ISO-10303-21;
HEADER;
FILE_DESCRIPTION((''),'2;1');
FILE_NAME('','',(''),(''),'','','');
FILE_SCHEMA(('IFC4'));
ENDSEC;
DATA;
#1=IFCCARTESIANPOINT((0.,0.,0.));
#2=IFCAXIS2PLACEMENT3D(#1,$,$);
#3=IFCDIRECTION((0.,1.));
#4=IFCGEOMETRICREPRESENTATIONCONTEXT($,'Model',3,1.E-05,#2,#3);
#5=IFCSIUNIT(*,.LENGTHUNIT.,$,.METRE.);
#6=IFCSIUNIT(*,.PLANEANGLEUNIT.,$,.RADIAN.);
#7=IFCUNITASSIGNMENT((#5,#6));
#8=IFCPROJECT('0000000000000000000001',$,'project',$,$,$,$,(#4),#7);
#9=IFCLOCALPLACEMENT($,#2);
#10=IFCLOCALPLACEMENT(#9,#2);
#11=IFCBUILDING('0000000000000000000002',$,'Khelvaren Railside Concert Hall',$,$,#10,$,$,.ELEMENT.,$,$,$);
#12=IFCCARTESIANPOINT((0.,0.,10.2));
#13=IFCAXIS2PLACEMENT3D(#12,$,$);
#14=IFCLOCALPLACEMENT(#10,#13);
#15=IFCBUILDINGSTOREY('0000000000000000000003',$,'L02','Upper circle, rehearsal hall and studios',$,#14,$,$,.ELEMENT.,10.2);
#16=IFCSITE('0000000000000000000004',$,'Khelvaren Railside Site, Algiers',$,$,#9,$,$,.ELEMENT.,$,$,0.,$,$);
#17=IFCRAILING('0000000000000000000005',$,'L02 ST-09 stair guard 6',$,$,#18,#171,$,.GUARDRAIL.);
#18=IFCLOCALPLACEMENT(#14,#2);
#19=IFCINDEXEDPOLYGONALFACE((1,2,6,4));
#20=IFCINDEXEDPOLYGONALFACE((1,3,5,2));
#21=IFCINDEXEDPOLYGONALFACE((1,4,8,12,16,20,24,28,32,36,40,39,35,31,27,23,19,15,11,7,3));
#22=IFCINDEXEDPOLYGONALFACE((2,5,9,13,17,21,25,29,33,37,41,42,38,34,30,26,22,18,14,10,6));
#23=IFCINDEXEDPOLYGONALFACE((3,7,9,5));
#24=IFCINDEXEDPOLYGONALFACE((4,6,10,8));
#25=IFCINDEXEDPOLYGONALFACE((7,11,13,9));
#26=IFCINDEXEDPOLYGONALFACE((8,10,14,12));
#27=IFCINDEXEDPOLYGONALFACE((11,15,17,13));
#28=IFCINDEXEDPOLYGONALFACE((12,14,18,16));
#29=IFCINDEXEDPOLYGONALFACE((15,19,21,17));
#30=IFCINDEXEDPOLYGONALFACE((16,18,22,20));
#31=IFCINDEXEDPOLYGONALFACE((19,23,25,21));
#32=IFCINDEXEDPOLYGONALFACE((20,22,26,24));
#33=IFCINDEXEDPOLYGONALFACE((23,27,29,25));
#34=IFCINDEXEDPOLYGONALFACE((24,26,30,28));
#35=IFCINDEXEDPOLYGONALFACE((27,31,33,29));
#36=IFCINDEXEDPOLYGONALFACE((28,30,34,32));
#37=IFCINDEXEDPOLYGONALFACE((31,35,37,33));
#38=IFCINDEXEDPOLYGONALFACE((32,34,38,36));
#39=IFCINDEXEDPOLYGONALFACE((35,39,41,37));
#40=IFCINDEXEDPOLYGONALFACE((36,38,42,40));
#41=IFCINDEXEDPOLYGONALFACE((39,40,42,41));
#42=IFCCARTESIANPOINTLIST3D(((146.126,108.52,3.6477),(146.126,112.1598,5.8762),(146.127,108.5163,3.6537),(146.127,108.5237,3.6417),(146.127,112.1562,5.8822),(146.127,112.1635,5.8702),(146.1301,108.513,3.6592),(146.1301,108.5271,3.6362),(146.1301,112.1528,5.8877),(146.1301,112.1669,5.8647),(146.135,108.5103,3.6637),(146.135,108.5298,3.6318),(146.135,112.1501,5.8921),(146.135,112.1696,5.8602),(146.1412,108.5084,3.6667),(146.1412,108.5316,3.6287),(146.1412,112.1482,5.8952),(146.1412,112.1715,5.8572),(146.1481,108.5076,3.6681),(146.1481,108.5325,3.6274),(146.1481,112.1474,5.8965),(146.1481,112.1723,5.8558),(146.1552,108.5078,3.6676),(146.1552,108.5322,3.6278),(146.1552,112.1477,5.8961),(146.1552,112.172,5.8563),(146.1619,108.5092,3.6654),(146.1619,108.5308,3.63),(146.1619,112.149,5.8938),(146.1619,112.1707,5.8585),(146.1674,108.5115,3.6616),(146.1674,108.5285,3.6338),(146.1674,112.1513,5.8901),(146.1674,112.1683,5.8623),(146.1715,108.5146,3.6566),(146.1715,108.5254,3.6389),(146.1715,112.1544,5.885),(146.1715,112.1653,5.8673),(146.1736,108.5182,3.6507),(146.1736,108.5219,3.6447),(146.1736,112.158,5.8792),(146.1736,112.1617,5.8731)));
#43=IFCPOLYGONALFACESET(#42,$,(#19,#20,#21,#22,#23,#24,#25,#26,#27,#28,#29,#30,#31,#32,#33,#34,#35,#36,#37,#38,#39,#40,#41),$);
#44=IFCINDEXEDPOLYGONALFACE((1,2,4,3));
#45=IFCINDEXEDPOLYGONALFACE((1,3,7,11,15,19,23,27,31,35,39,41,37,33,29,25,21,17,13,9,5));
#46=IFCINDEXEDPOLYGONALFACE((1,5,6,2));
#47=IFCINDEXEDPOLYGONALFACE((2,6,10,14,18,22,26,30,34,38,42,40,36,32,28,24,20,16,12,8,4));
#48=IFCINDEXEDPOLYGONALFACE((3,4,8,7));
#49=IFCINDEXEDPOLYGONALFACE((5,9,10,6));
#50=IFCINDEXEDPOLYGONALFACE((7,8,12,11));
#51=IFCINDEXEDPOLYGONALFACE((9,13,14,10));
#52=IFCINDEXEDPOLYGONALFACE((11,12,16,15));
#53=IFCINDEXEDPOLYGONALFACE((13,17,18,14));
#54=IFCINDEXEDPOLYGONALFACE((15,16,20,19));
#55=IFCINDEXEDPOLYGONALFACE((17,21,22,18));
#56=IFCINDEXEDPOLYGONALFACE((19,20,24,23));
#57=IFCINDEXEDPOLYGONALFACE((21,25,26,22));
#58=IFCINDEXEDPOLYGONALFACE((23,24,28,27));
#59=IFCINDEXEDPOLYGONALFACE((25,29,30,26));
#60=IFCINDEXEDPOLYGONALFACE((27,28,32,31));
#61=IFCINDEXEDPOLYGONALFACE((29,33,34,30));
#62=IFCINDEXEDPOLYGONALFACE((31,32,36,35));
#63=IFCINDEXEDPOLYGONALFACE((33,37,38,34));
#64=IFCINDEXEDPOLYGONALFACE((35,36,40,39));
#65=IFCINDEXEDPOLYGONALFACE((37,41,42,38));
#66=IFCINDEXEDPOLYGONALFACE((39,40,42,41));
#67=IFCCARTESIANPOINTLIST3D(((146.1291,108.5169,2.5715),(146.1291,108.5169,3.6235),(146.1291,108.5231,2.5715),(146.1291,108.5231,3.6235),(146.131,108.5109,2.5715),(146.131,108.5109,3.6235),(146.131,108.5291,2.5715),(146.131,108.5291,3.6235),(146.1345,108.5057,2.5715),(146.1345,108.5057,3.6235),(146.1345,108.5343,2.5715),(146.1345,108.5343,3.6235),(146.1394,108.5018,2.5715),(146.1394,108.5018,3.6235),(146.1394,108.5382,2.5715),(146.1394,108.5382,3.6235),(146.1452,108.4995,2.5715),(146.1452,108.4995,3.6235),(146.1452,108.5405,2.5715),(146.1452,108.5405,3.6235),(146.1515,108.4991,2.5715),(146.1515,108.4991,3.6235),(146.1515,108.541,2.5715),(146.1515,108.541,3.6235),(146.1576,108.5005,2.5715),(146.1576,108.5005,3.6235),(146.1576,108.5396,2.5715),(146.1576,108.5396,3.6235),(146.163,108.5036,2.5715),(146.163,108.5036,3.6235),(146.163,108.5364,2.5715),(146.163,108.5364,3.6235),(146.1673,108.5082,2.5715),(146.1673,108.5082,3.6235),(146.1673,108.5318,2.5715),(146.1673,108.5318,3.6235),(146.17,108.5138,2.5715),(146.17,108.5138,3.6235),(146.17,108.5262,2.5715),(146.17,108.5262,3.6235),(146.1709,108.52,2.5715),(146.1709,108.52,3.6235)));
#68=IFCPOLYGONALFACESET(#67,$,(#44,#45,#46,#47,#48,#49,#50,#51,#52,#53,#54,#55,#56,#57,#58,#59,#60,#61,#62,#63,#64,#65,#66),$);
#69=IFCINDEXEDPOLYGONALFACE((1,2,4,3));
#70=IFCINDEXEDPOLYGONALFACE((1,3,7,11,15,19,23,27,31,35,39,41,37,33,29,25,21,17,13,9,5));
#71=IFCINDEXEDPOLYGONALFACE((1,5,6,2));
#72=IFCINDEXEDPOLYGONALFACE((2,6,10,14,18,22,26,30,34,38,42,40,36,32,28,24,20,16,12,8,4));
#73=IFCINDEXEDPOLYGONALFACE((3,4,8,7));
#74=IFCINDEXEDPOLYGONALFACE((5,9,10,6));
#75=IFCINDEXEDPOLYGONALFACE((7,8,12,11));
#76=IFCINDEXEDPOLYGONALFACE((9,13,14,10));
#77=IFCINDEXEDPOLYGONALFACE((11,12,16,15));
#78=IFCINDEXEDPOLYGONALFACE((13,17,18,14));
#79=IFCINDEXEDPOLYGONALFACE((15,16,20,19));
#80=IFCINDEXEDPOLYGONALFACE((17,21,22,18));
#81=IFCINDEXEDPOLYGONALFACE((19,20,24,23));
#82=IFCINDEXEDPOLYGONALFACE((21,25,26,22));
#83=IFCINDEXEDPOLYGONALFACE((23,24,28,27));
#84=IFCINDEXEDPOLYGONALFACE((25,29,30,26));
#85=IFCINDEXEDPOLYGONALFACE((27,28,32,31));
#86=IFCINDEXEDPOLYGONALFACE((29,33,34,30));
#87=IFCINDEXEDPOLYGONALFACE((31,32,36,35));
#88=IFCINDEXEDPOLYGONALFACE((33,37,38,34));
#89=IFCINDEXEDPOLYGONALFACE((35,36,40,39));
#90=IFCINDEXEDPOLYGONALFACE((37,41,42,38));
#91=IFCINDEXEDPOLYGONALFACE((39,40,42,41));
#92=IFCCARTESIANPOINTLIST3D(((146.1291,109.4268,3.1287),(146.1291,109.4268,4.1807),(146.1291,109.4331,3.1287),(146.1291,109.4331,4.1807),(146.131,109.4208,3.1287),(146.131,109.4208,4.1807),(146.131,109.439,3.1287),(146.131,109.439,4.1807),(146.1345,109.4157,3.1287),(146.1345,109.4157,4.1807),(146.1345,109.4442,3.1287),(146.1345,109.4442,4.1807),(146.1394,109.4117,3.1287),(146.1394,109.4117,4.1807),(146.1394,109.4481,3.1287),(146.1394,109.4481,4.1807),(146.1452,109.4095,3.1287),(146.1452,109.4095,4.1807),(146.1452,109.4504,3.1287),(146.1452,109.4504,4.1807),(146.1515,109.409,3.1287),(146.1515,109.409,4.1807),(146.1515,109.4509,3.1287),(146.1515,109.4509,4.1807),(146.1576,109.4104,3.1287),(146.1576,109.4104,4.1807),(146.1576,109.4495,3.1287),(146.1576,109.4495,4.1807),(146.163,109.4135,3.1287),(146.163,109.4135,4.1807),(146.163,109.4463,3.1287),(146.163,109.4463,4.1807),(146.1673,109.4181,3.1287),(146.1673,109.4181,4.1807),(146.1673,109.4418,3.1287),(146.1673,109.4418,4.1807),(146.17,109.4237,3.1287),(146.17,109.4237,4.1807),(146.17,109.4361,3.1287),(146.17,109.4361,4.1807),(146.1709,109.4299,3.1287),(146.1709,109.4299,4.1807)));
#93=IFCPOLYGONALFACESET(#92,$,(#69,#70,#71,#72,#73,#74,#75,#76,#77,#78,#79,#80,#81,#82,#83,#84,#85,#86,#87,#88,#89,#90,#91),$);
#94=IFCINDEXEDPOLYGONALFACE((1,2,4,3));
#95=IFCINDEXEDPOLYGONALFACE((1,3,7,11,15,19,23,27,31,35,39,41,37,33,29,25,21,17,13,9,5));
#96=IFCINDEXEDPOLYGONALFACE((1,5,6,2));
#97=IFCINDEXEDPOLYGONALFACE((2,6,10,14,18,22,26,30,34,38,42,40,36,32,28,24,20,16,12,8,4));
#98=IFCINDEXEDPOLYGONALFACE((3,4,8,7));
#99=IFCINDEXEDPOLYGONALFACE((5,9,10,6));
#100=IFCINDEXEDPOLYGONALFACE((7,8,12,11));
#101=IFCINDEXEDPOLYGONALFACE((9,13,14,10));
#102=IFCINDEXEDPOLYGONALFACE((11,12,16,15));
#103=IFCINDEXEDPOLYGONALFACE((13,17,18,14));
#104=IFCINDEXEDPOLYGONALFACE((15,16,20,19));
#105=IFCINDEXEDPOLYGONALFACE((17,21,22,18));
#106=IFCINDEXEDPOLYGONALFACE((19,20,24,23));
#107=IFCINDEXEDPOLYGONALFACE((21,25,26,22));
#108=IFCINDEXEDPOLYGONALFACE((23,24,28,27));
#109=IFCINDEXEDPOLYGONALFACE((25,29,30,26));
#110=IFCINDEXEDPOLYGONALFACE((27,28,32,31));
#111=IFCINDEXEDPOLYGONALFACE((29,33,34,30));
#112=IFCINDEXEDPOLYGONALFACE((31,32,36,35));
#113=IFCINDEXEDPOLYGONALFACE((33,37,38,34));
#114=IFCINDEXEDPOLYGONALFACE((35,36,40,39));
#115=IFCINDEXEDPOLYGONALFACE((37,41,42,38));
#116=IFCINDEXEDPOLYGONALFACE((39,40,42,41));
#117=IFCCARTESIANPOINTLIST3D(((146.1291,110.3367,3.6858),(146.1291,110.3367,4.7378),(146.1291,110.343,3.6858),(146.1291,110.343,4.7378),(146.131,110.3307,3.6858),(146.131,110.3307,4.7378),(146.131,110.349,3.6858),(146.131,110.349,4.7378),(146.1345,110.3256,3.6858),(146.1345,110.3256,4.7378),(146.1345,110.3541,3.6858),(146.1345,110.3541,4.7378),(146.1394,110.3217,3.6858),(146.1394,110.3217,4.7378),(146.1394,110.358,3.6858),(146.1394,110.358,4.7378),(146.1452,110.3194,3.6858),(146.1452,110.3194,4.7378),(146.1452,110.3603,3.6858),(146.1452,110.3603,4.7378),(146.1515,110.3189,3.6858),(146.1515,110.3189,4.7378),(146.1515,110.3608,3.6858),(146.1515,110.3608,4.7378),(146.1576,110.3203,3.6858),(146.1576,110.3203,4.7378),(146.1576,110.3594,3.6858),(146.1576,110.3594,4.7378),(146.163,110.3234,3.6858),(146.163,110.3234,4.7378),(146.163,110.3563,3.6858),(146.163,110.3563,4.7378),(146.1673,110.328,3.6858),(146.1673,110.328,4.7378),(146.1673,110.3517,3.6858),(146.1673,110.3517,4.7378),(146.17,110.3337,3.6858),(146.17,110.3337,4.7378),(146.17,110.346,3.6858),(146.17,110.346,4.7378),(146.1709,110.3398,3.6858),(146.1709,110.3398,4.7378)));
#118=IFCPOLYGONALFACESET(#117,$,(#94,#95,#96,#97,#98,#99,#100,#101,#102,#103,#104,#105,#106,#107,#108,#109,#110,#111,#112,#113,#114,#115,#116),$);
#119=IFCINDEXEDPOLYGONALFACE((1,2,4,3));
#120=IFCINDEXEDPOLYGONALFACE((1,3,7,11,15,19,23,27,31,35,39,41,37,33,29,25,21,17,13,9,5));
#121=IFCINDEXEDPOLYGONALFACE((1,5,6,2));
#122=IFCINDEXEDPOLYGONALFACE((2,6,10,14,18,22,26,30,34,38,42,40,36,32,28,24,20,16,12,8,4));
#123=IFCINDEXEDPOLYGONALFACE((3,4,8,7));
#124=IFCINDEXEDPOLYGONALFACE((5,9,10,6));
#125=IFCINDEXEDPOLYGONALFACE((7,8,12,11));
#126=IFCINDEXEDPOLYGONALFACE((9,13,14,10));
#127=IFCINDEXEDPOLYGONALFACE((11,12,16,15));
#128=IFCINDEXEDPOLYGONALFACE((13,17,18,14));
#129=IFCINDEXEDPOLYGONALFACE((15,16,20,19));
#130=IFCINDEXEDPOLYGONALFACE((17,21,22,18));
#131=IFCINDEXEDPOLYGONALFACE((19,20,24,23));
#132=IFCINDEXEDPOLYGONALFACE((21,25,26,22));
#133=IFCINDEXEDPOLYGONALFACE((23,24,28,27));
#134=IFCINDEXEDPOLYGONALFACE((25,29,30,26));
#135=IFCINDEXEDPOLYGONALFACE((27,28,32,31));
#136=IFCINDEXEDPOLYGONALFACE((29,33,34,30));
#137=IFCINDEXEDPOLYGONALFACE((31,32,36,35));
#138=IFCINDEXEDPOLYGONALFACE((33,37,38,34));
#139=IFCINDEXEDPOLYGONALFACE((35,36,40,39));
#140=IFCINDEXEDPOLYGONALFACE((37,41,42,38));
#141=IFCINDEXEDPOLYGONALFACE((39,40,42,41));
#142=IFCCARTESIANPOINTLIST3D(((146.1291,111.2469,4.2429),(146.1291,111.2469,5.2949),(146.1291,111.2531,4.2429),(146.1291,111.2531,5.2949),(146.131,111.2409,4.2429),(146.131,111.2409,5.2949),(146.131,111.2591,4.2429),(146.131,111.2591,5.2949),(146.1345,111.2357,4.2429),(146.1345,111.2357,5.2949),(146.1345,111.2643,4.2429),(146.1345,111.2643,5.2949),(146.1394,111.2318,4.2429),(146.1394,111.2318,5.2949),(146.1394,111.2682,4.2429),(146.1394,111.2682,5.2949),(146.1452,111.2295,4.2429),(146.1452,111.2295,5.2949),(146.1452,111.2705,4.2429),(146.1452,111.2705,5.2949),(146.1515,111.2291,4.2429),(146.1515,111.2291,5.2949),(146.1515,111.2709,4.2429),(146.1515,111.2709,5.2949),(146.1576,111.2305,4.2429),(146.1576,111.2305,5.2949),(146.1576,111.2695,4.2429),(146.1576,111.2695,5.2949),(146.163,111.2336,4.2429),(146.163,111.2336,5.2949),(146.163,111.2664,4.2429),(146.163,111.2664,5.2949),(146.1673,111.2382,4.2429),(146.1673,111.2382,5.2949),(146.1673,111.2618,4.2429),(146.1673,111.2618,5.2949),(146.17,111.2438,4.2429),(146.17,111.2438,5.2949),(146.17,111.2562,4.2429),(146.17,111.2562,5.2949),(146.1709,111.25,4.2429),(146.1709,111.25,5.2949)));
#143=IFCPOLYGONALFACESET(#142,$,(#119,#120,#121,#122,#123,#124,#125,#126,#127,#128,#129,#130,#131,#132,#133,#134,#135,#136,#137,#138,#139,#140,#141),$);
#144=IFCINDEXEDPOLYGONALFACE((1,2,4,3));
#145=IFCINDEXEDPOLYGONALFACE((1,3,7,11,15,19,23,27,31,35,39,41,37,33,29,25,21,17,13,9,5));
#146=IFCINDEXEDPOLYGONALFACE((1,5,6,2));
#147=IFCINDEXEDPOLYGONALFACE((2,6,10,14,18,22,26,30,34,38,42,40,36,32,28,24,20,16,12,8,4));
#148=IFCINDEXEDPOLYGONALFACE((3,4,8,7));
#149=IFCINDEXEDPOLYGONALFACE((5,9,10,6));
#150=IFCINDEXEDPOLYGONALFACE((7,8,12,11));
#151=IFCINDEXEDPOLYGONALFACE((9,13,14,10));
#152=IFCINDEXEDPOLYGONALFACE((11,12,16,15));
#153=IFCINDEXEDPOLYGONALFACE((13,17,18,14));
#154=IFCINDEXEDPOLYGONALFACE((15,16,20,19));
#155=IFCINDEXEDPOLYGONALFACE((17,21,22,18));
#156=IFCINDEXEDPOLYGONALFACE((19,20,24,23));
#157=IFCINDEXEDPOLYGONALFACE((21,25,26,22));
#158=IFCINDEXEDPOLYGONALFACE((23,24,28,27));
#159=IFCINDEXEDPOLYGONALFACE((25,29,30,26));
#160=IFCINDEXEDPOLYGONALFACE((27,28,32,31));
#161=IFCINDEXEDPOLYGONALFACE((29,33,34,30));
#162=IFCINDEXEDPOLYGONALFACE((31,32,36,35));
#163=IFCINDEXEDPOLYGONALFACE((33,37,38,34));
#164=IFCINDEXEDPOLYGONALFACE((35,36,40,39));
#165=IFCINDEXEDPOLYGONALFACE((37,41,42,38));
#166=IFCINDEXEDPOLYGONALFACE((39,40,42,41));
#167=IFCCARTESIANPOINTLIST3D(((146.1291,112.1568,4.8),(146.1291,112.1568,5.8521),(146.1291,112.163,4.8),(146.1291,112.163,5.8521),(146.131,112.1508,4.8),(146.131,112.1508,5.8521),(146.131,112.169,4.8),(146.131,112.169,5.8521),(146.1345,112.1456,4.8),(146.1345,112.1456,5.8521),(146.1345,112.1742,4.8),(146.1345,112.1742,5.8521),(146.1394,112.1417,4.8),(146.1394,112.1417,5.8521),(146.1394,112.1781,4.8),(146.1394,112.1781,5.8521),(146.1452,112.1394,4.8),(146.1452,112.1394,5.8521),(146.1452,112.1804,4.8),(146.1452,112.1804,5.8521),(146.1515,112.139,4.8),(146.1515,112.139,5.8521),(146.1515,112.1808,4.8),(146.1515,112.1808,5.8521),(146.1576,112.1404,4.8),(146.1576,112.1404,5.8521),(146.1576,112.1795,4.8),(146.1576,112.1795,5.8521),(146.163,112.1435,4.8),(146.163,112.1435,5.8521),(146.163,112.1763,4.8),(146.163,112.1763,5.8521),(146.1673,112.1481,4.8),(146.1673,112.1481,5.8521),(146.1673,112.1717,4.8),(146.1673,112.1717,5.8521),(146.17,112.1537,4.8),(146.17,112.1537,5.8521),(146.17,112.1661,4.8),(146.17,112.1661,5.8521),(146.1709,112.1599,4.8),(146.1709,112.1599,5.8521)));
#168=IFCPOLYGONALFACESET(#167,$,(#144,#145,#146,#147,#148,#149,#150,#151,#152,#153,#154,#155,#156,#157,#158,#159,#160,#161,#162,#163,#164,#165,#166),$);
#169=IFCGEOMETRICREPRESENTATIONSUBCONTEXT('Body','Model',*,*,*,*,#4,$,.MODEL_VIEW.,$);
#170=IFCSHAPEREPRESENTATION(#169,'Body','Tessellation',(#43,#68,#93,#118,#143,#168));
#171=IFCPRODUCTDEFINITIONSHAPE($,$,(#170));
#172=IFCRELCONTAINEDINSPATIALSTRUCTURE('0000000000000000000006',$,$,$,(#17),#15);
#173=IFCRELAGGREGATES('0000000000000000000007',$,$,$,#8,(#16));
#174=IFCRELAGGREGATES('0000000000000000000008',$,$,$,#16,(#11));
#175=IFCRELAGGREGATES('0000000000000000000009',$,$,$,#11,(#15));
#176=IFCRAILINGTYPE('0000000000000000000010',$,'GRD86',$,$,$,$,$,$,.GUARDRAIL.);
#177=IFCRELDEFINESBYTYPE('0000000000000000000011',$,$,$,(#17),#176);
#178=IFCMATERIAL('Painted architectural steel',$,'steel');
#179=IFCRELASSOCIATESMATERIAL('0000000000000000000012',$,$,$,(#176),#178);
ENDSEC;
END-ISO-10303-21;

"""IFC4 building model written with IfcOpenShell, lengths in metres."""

from ifc_helpers import new_model, si_unit, direction, frame, origin, origin_2d, place, context, subcontext, project, spatial, circle, extrude, material, type_object, element, save


model = new_model("IFC4")

# Units and contexts
model_context = context("Model", 3, precision=1e-05, world=origin(), true_north=direction((0.0, 1.0)))
body_context = subcontext(model_context, "Body", "Model", "MODEL_VIEW")
ifc_project = project(units=[si_unit("LENGTHUNIT", "METRE"), si_unit("PLANEANGLEUNIT", "RADIAN")], contexts=[model_context])

# Site, building, storey
site_placement = place(None, origin())
site = spatial("IfcSite", under=ifc_project, at=site_placement, Name="Khelvaren Railside Site, Algiers", CompositionType="ELEMENT", RefElevation=0.0)
building_placement = place(site_placement, origin())
building = spatial("IfcBuilding", under=site, at=building_placement, Name="Khelvaren Railside Concert Hall", CompositionType="ELEMENT")
storey_placement = place(building_placement, frame((0.0, 0.0, 10.2)))
storey = spatial("IfcBuildingStorey", under=building, at=storey_placement, Name="L02", Description="Upper circle, rehearsal hall and studios", CompositionType="ELEMENT", Elevation=10.2)

# Railing
ifc_material_1 = material(Name="Painted architectural steel", Category="steel")
railing_type_1 = type_object("IfcRailingType", Name="GRD86", PredefinedType="GUARDRAIL", material=ifc_material_1)
railing_1_placement = place(storey_placement, frame((146.1499, 108.52, 2.5715)))
element("IfcRailing", 1, at=railing_1_placement, inside=storey, type_object=railing_type_1, Name="L02 ST-09 stair guard 6", PredefinedType="GUARDRAIL", context=body_context, shape_type="SweptSolid", body=[
    extrude(circle(Radius=0.0239, at=origin_2d()), frame((0.0, 0.0, 1.0762), z_axis=(0.0, 0.85285, 0.522156), x_axis=(-1.0, 0.0, 0.0)), (0.0, 0.0, 1.0), 4.2678),
    extrude(circle(Radius=0.021, at=origin_2d()), origin(), (0.0, 0.0, 1.0), 1.052),
    extrude(circle(Radius=0.021, at=origin_2d()), frame((0.0, 0.9099, 0.5571)), (0.0, 0.0, 1.0), 1.052),
    extrude(circle(Radius=0.021, at=origin_2d()), frame((0.0, 1.8198, 1.1143)), (0.0, 0.0, 1.0), 1.052),
    extrude(circle(Radius=0.021, at=origin_2d()), frame((0.0, 2.73, 1.6714)), (0.0, 0.0, 1.0), 1.052),
    extrude(circle(Radius=0.021, at=origin_2d()), frame((0.0, 3.6399, 2.2285)), (0.0, 0.0, 1.0), 1.052),
])

save(model, "model.ifc")
